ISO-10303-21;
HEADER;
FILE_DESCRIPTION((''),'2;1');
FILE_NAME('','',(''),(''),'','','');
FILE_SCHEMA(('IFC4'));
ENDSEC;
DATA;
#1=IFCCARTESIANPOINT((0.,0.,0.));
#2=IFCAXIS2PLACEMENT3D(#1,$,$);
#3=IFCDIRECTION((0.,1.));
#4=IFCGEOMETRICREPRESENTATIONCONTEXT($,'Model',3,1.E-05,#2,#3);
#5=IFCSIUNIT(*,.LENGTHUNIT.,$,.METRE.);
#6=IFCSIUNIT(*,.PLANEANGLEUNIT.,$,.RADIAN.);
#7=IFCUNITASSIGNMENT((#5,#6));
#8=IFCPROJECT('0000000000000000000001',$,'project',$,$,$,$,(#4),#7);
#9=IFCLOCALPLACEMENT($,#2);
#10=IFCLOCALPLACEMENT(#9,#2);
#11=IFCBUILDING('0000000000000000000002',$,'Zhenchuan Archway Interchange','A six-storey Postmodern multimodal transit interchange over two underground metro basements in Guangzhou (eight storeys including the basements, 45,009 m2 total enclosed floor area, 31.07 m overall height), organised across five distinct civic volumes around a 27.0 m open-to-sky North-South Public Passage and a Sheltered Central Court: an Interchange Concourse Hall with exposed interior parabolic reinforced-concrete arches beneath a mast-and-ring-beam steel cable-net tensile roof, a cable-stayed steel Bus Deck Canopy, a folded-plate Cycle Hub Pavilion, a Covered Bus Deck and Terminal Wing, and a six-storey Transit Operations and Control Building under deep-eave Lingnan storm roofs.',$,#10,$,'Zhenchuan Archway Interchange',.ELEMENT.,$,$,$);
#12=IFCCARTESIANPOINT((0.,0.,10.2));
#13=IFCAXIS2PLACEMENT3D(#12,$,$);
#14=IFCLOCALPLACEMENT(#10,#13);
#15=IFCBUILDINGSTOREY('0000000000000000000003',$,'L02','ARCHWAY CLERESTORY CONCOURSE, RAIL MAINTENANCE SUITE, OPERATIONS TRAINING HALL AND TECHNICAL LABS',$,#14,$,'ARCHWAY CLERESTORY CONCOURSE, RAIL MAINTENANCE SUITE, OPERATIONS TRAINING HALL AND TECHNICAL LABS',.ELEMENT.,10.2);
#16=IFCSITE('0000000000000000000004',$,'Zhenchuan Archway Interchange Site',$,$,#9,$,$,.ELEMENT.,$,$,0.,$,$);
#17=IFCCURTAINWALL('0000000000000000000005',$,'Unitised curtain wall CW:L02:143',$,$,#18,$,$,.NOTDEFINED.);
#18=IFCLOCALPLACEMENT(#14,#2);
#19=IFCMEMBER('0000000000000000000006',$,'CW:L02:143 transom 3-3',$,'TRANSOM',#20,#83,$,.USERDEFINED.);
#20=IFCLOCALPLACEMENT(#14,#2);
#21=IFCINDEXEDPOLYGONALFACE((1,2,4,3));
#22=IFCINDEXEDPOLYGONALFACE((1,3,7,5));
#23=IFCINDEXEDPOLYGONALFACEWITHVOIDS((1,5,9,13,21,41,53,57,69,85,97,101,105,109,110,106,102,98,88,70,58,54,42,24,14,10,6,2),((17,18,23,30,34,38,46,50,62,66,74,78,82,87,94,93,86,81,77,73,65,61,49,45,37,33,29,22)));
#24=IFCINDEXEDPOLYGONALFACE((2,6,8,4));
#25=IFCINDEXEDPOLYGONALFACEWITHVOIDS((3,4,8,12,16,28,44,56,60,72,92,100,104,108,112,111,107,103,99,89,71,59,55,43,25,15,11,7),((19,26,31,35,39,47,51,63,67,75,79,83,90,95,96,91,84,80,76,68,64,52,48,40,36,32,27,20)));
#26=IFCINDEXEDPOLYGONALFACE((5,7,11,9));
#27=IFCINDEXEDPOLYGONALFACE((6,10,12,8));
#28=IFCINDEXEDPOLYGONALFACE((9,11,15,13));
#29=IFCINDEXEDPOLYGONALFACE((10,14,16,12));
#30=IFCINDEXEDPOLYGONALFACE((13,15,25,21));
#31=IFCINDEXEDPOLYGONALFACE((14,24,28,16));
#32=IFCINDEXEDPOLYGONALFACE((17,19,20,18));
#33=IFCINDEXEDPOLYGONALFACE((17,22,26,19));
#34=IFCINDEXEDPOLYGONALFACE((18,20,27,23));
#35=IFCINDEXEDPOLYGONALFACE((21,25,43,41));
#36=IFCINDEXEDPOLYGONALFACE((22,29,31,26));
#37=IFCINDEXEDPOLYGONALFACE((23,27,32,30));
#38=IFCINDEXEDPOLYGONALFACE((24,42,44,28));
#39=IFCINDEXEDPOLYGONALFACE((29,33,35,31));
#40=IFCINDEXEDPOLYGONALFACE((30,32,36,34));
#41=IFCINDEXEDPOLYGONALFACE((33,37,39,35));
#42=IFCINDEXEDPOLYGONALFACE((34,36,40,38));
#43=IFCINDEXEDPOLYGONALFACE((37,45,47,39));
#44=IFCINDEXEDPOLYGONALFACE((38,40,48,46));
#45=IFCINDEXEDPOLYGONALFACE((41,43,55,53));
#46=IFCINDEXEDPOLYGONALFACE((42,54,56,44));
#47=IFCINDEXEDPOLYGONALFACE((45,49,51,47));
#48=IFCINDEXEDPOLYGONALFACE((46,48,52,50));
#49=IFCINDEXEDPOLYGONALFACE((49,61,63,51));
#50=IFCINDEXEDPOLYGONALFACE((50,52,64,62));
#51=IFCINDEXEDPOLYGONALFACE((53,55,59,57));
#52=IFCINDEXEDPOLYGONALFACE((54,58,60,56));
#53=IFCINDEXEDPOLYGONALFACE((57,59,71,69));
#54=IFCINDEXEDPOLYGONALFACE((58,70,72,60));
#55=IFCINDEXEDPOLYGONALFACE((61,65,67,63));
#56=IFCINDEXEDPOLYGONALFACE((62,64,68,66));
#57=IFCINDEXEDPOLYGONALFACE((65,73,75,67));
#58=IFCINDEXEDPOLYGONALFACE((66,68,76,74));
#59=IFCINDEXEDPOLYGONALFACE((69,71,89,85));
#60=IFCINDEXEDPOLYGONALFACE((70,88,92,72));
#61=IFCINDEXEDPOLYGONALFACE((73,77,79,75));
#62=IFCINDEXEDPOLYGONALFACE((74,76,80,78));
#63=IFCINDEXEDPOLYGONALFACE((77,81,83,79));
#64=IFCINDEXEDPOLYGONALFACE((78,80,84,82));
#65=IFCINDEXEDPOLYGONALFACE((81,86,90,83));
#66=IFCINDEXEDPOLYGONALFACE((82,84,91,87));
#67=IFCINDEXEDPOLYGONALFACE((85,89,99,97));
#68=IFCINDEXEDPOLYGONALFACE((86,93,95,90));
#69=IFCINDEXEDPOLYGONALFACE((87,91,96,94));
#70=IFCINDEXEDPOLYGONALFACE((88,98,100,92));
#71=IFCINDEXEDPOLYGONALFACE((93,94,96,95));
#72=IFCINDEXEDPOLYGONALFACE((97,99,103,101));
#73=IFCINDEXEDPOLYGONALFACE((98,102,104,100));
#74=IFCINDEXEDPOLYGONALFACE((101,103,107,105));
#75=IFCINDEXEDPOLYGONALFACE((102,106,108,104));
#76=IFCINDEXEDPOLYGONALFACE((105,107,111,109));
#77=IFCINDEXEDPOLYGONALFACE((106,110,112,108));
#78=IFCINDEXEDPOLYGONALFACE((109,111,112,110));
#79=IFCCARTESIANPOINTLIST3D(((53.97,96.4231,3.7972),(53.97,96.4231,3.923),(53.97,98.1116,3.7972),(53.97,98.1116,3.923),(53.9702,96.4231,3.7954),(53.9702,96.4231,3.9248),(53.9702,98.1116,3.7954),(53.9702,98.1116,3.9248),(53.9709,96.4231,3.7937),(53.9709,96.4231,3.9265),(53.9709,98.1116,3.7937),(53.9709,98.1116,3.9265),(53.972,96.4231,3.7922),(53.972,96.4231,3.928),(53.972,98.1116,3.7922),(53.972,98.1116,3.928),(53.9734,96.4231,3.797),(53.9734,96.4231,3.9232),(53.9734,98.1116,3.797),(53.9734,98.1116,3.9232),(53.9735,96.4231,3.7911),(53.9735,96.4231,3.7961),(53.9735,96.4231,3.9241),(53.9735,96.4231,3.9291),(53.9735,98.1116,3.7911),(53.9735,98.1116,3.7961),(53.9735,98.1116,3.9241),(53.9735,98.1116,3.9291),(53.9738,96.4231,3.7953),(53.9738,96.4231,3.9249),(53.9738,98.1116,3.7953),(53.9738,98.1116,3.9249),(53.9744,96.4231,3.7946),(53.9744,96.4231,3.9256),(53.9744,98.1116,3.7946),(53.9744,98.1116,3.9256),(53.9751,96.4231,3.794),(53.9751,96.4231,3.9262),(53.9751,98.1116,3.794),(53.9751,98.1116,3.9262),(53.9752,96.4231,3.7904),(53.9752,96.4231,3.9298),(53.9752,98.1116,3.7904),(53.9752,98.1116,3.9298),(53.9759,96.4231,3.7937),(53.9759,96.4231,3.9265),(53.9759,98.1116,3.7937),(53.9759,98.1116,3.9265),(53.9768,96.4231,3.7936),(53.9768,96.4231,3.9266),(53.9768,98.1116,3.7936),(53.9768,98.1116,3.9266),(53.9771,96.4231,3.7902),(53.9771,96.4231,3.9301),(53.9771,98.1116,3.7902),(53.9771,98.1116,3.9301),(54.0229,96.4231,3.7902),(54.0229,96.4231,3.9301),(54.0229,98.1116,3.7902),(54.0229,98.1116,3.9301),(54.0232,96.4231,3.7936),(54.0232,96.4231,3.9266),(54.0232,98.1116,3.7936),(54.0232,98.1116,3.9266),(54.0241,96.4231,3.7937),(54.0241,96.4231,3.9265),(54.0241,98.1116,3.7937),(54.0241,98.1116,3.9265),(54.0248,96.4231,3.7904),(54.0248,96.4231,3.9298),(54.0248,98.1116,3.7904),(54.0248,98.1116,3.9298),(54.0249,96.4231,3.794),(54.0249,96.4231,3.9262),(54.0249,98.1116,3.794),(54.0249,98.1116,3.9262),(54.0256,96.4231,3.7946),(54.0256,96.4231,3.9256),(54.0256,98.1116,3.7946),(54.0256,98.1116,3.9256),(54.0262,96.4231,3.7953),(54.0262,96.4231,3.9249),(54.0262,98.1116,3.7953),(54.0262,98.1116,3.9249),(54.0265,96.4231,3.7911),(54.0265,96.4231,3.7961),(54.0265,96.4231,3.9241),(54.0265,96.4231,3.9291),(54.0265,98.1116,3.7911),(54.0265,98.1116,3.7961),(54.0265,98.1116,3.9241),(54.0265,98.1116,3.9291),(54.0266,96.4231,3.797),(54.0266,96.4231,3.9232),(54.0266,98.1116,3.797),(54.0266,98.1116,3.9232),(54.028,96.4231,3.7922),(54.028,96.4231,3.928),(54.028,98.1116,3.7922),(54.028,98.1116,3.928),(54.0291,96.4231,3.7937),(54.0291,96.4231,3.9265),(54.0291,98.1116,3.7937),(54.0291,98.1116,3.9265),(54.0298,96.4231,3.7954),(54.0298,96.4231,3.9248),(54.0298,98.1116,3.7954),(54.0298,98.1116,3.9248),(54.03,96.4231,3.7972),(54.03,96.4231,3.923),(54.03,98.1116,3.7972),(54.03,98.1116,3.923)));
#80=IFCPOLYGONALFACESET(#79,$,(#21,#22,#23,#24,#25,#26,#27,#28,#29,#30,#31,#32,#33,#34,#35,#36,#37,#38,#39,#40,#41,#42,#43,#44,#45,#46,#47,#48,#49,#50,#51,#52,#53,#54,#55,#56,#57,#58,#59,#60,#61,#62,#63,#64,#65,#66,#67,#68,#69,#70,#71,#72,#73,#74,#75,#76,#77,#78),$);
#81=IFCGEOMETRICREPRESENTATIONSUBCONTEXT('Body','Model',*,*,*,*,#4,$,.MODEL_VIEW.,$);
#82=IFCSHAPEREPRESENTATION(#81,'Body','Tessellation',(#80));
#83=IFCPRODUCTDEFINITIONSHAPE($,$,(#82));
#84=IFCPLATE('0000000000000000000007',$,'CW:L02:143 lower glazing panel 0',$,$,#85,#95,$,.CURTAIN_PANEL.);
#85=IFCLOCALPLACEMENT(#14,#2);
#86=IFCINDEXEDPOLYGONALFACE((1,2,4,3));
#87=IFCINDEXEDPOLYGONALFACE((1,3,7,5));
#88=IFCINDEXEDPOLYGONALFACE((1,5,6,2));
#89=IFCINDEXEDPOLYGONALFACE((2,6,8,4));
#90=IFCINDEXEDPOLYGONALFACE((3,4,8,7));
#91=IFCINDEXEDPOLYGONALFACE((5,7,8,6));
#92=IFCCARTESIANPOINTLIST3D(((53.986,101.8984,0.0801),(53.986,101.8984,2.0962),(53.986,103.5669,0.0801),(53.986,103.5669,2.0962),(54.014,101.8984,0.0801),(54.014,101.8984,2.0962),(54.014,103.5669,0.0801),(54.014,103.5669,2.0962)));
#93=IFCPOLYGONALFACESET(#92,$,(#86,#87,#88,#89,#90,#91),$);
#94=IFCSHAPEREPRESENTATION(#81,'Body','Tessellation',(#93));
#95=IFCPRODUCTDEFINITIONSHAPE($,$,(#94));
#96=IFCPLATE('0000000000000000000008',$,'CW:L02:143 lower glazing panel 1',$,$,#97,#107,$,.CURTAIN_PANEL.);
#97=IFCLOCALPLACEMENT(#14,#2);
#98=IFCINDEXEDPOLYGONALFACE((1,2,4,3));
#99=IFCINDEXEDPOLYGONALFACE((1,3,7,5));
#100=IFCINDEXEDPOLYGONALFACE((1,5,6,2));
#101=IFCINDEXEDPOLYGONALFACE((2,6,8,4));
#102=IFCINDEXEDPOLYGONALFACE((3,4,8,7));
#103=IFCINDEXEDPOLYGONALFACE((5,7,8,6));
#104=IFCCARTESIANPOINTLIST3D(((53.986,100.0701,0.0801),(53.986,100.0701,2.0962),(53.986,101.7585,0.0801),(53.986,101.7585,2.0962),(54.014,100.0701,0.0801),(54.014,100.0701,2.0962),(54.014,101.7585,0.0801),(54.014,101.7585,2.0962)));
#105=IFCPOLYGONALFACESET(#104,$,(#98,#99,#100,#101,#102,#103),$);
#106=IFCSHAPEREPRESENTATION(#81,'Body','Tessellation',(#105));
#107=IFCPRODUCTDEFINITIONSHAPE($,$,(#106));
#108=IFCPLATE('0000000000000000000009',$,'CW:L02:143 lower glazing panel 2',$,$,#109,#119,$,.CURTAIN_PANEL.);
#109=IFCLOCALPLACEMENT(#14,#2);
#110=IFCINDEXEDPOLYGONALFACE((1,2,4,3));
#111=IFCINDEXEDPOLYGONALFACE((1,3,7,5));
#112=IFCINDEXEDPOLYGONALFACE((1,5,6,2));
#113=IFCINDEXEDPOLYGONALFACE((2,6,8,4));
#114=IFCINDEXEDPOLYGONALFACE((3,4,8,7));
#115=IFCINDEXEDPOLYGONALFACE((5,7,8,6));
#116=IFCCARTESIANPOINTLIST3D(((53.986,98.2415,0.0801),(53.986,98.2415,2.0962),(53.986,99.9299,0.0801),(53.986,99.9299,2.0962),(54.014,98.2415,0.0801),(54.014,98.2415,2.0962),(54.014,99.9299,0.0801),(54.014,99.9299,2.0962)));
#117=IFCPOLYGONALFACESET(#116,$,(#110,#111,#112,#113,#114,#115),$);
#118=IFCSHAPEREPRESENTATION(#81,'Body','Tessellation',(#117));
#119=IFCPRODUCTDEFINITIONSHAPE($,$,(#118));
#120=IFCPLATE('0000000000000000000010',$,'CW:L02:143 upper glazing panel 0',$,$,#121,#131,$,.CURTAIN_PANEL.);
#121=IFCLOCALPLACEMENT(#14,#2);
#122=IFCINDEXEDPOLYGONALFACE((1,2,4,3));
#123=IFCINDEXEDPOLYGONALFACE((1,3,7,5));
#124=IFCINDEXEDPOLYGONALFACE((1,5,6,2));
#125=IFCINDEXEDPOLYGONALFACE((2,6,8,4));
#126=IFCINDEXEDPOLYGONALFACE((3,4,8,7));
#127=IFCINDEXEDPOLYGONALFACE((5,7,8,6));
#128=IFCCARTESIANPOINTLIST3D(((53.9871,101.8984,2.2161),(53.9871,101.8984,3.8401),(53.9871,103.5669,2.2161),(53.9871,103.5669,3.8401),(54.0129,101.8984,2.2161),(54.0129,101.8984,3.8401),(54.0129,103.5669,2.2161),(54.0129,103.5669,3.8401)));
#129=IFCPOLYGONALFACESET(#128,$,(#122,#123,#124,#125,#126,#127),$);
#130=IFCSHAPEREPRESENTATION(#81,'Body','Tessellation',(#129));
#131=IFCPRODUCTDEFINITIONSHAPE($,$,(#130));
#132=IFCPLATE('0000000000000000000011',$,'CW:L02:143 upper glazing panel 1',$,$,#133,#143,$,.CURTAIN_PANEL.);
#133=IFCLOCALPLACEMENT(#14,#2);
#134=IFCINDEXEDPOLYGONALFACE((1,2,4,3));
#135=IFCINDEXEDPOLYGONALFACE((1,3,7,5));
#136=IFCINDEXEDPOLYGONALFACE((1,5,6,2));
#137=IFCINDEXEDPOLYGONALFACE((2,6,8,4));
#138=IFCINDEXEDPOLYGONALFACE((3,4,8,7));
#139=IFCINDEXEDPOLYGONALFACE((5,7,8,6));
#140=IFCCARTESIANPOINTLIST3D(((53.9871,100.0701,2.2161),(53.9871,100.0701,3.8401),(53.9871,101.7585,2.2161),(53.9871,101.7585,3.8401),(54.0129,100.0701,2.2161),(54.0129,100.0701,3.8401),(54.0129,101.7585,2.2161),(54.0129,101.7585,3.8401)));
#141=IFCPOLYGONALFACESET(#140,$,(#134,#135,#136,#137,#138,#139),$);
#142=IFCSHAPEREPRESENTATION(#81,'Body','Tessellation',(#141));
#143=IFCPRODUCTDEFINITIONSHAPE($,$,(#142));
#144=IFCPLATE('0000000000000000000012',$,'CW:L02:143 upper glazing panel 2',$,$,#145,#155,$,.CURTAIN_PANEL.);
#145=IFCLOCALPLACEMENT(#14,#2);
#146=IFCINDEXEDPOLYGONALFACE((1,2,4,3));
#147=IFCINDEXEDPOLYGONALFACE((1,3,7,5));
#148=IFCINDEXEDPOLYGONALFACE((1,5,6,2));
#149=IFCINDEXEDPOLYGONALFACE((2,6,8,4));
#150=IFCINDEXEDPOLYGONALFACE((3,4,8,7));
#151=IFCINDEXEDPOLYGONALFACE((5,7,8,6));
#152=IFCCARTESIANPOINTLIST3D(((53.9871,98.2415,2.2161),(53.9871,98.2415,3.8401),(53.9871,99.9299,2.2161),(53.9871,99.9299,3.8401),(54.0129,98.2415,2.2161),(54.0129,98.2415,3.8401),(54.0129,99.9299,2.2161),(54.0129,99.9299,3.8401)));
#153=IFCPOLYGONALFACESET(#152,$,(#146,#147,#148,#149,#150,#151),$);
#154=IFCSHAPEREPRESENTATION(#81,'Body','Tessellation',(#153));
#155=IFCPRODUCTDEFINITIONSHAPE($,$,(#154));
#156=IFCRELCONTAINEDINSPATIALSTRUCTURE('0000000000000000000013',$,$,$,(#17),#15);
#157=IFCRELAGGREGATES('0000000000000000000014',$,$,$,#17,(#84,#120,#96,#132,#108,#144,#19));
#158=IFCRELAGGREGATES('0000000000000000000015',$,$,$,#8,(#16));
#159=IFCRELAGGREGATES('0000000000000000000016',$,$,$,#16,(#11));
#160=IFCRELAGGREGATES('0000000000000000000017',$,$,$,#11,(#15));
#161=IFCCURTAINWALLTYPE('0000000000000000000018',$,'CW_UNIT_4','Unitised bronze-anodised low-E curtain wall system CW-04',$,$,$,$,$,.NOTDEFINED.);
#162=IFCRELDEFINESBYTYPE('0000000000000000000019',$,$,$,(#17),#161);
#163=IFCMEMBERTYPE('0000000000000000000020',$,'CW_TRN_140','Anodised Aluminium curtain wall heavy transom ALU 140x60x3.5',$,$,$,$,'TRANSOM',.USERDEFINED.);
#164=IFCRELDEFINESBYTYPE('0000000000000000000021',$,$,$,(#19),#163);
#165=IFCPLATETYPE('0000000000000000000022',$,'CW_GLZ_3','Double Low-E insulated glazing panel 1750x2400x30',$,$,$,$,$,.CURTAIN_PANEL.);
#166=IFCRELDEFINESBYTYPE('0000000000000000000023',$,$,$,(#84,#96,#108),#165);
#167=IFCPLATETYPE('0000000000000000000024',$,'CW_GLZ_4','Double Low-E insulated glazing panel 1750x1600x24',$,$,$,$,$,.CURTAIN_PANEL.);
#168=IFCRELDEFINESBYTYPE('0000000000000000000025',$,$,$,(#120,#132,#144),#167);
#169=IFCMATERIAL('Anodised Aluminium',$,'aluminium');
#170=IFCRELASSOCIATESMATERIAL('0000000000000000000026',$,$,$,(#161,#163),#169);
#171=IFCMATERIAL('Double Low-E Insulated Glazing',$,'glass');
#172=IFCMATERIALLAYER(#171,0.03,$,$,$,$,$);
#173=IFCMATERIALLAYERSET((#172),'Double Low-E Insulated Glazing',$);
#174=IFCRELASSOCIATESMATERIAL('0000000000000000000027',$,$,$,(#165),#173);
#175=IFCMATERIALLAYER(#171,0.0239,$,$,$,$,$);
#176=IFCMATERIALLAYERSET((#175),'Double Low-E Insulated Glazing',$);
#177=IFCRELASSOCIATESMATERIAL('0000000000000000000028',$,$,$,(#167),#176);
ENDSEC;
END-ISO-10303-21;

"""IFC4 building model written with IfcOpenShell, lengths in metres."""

from ifc_helpers import new_model, si_unit, direction, frame, origin, origin_2d, place, context, subcontext, project, spatial, rectangle, hollow_rectangle, extrude, material, layer, layer_set, material_profile, profile_set, type_object, element, aggregate, save


model = new_model("IFC4")

# Units and contexts
model_context = context("Model", 3, precision=1e-05, world=origin(), true_north=direction((0.0, 1.0)))
body_context = subcontext(model_context, "Body", "Model", "MODEL_VIEW")
ifc_project = project(units=[si_unit("LENGTHUNIT", "METRE"), si_unit("PLANEANGLEUNIT", "RADIAN")], contexts=[model_context])

# Site, building, storey
site_placement = place(None, origin())
site = spatial("IfcSite", under=ifc_project, at=site_placement, Name="Zhenchuan Archway Interchange Site", CompositionType="ELEMENT", RefElevation=0.0)
building_placement = place(site_placement, origin())
building = spatial("IfcBuilding", under=site, at=building_placement, Name="Zhenchuan Archway Interchange", Description="A six-storey Postmodern multimodal transit interchange over two underground metro basements in Guangzhou (eight storeys including the basements, 45,009 m2 total enclosed floor area, 31.07 m overall height), organised across five distinct civic volumes around a 27.0 m open-to-sky North-South Public Passage and a Sheltered Central Court: an Interchange Concourse Hall with exposed interior parabolic reinforced-concrete arches beneath a mast-and-ring-beam steel cable-net tensile roof, a cable-stayed steel Bus Deck Canopy, a folded-plate Cycle Hub Pavilion, a Covered Bus Deck and Terminal Wing, and a six-storey Transit Operations and Control Building under deep-eave Lingnan storm roofs.", LongName="Zhenchuan Archway Interchange", CompositionType="ELEMENT")
storey_placement = place(building_placement, frame((0.0, 0.0, 10.2)))
storey = spatial("IfcBuildingStorey", under=building, at=storey_placement, Name="L02", Description="ARCHWAY CLERESTORY CONCOURSE, RAIL MAINTENANCE SUITE, OPERATIONS TRAINING HALL AND TECHNICAL LABS", LongName="ARCHWAY CLERESTORY CONCOURSE, RAIL MAINTENANCE SUITE, OPERATIONS TRAINING HALL AND TECHNICAL LABS", CompositionType="ELEMENT", Elevation=10.2)

# Curtain wall, member, plates
ifc_material_1 = material(Name="Anodised Aluminium", Category="aluminium")
curtain_wall_type = type_object("IfcCurtainWallType", Name="CW_UNIT_4", Description="Unitised bronze-anodised low-E curtain wall system CW-04", PredefinedType="NOTDEFINED", material=ifc_material_1)
curtain_wall_placement = place(storey_placement, origin())
curtain_wall = element("IfcCurtainWall", 1, at=curtain_wall_placement, inside=storey, type_object=curtain_wall_type, Name="Unitised curtain wall CW:L02:143", PredefinedType="NOTDEFINED")
ifc_material_profile_1 = material_profile(ifc_material_1, hollow_rectangle(XDim=0.0601, YDim=0.1399, WallThickness=0.0034, InnerFilletRadius=0.0034, OuterFilletRadius=0.0071, at=origin_2d()), Name="ALU 140x60x3.5")
ifc_profile_set_1 = profile_set([ifc_material_profile_1], Name="Anodised Aluminium")
member_type_1 = type_object("IfcMemberType", Name="CW_TRN_140", Description="Anodised Aluminium curtain wall heavy transom ALU 140x60x3.5", ElementType="TRANSOM", PredefinedType="USERDEFINED", material=ifc_profile_set_1)
member_1_placement = place(storey_placement, frame((54.0, 98.1116, 3.8601), z_axis=(0.0, -1.0, 0.0), x_axis=(1.0, 0.0, 0.0)))
member_1 = element("IfcMember", 2, at=member_1_placement, type_object=member_type_1, Name="CW:L02:143 transom 3-3", ObjectType="TRANSOM", PredefinedType="USERDEFINED", context=body_context, shape_type="SweptSolid", body=[
    extrude(hollow_rectangle(XDim=0.0601, YDim=0.1399, WallThickness=0.0034, InnerFilletRadius=0.0034, OuterFilletRadius=0.0071, at=origin_2d()), origin(), (0.0, 0.0, 1.0), 1.6885),
])
ifc_material_2 = material(Name="Double Low-E Insulated Glazing", Category="glass")
ifc_layer_1 = layer(ifc_material_2, 0.03)
ifc_layer_set_1 = layer_set([ifc_layer_1], Name="Double Low-E Insulated Glazing")
plate_type_1 = type_object("IfcPlateType", Name="CW_GLZ_3", Description="Double Low-E insulated glazing panel 1750x2400x30", PredefinedType="CURTAIN_PANEL", material=ifc_layer_set_1)
plate_1_placement = place(storey_placement, frame((54.0, 102.7327, 0.0801), z_axis=(0.0, 0.0, 1.0), x_axis=(0.0, -1.0, 0.0)))
plate_1 = element("IfcPlate", 3, at=plate_1_placement, type_object=plate_type_1, Name="CW:L02:143 lower glazing panel 0", PredefinedType="CURTAIN_PANEL", context=body_context, shape_type="SweptSolid", body=[
    extrude(rectangle(XDim=1.6685, YDim=0.0281, at=origin_2d()), origin(), (0.0, 0.0, 1.0), 2.0161),
])
plate_2_placement = place(storey_placement, frame((54.0, 100.9143, 0.0801), z_axis=(0.0, 0.0, 1.0), x_axis=(0.0, -1.0, 0.0)))
plate_2 = element("IfcPlate", 4, at=plate_2_placement, type_object=plate_type_1, Name="CW:L02:143 lower glazing panel 1", PredefinedType="CURTAIN_PANEL", context=body_context, shape_type="SweptSolid", body=[
    extrude(rectangle(XDim=1.6885, YDim=0.0281, at=origin_2d()), origin(), (0.0, 0.0, 1.0), 2.0161),
])
plate_3_placement = place(storey_placement, frame((54.0, 99.0857, 0.0801), z_axis=(0.0, 0.0, 1.0), x_axis=(0.0, -1.0, 0.0)))
plate_3 = element("IfcPlate", 5, at=plate_3_placement, type_object=plate_type_1, Name="CW:L02:143 lower glazing panel 2", PredefinedType="CURTAIN_PANEL", context=body_context, shape_type="SweptSolid", body=[
    extrude(rectangle(XDim=1.6885, YDim=0.0281, at=origin_2d()), origin(), (0.0, 0.0, 1.0), 2.0161),
])
ifc_layer_2 = layer(ifc_material_2, 0.0239)
ifc_layer_set_2 = layer_set([ifc_layer_2], Name="Double Low-E Insulated Glazing")
plate_type_2 = type_object("IfcPlateType", Name="CW_GLZ_4", Description="Double Low-E insulated glazing panel 1750x1600x24", PredefinedType="CURTAIN_PANEL", material=ifc_layer_set_2)
plate_4_placement = place(storey_placement, frame((54.0, 102.7327, 2.2161), z_axis=(0.0, 0.0, 1.0), x_axis=(0.0, -1.0, 0.0)))
plate_4 = element("IfcPlate", 6, at=plate_4_placement, type_object=plate_type_2, Name="CW:L02:143 upper glazing panel 0", PredefinedType="CURTAIN_PANEL", context=body_context, shape_type="SweptSolid", body=[
    extrude(rectangle(XDim=1.6685, YDim=0.0259, at=origin_2d()), origin(), (0.0, 0.0, 1.0), 1.624),
])
plate_5_placement = place(storey_placement, frame((54.0, 100.9143, 2.2161), z_axis=(0.0, 0.0, 1.0), x_axis=(0.0, -1.0, 0.0)))
plate_5 = element("IfcPlate", 7, at=plate_5_placement, type_object=plate_type_2, Name="CW:L02:143 upper glazing panel 1", PredefinedType="CURTAIN_PANEL", context=body_context, shape_type="SweptSolid", body=[
    extrude(rectangle(XDim=1.6885, YDim=0.0259, at=origin_2d()), origin(), (0.0, 0.0, 1.0), 1.624),
])
plate_6_placement = place(storey_placement, frame((54.0, 99.0857, 2.2161), z_axis=(0.0, 0.0, 1.0), x_axis=(0.0, -1.0, 0.0)))
plate_6 = element("IfcPlate", 8, at=plate_6_placement, type_object=plate_type_2, Name="CW:L02:143 upper glazing panel 2", PredefinedType="CURTAIN_PANEL", context=body_context, shape_type="SweptSolid", body=[
    extrude(rectangle(XDim=1.6885, YDim=0.0259, at=origin_2d()), origin(), (0.0, 0.0, 1.0), 1.624),
])
aggregate(curtain_wall, [plate_1, plate_4, plate_2, plate_5, plate_3, plate_6, member_1])

save(model, "model.ifc")
